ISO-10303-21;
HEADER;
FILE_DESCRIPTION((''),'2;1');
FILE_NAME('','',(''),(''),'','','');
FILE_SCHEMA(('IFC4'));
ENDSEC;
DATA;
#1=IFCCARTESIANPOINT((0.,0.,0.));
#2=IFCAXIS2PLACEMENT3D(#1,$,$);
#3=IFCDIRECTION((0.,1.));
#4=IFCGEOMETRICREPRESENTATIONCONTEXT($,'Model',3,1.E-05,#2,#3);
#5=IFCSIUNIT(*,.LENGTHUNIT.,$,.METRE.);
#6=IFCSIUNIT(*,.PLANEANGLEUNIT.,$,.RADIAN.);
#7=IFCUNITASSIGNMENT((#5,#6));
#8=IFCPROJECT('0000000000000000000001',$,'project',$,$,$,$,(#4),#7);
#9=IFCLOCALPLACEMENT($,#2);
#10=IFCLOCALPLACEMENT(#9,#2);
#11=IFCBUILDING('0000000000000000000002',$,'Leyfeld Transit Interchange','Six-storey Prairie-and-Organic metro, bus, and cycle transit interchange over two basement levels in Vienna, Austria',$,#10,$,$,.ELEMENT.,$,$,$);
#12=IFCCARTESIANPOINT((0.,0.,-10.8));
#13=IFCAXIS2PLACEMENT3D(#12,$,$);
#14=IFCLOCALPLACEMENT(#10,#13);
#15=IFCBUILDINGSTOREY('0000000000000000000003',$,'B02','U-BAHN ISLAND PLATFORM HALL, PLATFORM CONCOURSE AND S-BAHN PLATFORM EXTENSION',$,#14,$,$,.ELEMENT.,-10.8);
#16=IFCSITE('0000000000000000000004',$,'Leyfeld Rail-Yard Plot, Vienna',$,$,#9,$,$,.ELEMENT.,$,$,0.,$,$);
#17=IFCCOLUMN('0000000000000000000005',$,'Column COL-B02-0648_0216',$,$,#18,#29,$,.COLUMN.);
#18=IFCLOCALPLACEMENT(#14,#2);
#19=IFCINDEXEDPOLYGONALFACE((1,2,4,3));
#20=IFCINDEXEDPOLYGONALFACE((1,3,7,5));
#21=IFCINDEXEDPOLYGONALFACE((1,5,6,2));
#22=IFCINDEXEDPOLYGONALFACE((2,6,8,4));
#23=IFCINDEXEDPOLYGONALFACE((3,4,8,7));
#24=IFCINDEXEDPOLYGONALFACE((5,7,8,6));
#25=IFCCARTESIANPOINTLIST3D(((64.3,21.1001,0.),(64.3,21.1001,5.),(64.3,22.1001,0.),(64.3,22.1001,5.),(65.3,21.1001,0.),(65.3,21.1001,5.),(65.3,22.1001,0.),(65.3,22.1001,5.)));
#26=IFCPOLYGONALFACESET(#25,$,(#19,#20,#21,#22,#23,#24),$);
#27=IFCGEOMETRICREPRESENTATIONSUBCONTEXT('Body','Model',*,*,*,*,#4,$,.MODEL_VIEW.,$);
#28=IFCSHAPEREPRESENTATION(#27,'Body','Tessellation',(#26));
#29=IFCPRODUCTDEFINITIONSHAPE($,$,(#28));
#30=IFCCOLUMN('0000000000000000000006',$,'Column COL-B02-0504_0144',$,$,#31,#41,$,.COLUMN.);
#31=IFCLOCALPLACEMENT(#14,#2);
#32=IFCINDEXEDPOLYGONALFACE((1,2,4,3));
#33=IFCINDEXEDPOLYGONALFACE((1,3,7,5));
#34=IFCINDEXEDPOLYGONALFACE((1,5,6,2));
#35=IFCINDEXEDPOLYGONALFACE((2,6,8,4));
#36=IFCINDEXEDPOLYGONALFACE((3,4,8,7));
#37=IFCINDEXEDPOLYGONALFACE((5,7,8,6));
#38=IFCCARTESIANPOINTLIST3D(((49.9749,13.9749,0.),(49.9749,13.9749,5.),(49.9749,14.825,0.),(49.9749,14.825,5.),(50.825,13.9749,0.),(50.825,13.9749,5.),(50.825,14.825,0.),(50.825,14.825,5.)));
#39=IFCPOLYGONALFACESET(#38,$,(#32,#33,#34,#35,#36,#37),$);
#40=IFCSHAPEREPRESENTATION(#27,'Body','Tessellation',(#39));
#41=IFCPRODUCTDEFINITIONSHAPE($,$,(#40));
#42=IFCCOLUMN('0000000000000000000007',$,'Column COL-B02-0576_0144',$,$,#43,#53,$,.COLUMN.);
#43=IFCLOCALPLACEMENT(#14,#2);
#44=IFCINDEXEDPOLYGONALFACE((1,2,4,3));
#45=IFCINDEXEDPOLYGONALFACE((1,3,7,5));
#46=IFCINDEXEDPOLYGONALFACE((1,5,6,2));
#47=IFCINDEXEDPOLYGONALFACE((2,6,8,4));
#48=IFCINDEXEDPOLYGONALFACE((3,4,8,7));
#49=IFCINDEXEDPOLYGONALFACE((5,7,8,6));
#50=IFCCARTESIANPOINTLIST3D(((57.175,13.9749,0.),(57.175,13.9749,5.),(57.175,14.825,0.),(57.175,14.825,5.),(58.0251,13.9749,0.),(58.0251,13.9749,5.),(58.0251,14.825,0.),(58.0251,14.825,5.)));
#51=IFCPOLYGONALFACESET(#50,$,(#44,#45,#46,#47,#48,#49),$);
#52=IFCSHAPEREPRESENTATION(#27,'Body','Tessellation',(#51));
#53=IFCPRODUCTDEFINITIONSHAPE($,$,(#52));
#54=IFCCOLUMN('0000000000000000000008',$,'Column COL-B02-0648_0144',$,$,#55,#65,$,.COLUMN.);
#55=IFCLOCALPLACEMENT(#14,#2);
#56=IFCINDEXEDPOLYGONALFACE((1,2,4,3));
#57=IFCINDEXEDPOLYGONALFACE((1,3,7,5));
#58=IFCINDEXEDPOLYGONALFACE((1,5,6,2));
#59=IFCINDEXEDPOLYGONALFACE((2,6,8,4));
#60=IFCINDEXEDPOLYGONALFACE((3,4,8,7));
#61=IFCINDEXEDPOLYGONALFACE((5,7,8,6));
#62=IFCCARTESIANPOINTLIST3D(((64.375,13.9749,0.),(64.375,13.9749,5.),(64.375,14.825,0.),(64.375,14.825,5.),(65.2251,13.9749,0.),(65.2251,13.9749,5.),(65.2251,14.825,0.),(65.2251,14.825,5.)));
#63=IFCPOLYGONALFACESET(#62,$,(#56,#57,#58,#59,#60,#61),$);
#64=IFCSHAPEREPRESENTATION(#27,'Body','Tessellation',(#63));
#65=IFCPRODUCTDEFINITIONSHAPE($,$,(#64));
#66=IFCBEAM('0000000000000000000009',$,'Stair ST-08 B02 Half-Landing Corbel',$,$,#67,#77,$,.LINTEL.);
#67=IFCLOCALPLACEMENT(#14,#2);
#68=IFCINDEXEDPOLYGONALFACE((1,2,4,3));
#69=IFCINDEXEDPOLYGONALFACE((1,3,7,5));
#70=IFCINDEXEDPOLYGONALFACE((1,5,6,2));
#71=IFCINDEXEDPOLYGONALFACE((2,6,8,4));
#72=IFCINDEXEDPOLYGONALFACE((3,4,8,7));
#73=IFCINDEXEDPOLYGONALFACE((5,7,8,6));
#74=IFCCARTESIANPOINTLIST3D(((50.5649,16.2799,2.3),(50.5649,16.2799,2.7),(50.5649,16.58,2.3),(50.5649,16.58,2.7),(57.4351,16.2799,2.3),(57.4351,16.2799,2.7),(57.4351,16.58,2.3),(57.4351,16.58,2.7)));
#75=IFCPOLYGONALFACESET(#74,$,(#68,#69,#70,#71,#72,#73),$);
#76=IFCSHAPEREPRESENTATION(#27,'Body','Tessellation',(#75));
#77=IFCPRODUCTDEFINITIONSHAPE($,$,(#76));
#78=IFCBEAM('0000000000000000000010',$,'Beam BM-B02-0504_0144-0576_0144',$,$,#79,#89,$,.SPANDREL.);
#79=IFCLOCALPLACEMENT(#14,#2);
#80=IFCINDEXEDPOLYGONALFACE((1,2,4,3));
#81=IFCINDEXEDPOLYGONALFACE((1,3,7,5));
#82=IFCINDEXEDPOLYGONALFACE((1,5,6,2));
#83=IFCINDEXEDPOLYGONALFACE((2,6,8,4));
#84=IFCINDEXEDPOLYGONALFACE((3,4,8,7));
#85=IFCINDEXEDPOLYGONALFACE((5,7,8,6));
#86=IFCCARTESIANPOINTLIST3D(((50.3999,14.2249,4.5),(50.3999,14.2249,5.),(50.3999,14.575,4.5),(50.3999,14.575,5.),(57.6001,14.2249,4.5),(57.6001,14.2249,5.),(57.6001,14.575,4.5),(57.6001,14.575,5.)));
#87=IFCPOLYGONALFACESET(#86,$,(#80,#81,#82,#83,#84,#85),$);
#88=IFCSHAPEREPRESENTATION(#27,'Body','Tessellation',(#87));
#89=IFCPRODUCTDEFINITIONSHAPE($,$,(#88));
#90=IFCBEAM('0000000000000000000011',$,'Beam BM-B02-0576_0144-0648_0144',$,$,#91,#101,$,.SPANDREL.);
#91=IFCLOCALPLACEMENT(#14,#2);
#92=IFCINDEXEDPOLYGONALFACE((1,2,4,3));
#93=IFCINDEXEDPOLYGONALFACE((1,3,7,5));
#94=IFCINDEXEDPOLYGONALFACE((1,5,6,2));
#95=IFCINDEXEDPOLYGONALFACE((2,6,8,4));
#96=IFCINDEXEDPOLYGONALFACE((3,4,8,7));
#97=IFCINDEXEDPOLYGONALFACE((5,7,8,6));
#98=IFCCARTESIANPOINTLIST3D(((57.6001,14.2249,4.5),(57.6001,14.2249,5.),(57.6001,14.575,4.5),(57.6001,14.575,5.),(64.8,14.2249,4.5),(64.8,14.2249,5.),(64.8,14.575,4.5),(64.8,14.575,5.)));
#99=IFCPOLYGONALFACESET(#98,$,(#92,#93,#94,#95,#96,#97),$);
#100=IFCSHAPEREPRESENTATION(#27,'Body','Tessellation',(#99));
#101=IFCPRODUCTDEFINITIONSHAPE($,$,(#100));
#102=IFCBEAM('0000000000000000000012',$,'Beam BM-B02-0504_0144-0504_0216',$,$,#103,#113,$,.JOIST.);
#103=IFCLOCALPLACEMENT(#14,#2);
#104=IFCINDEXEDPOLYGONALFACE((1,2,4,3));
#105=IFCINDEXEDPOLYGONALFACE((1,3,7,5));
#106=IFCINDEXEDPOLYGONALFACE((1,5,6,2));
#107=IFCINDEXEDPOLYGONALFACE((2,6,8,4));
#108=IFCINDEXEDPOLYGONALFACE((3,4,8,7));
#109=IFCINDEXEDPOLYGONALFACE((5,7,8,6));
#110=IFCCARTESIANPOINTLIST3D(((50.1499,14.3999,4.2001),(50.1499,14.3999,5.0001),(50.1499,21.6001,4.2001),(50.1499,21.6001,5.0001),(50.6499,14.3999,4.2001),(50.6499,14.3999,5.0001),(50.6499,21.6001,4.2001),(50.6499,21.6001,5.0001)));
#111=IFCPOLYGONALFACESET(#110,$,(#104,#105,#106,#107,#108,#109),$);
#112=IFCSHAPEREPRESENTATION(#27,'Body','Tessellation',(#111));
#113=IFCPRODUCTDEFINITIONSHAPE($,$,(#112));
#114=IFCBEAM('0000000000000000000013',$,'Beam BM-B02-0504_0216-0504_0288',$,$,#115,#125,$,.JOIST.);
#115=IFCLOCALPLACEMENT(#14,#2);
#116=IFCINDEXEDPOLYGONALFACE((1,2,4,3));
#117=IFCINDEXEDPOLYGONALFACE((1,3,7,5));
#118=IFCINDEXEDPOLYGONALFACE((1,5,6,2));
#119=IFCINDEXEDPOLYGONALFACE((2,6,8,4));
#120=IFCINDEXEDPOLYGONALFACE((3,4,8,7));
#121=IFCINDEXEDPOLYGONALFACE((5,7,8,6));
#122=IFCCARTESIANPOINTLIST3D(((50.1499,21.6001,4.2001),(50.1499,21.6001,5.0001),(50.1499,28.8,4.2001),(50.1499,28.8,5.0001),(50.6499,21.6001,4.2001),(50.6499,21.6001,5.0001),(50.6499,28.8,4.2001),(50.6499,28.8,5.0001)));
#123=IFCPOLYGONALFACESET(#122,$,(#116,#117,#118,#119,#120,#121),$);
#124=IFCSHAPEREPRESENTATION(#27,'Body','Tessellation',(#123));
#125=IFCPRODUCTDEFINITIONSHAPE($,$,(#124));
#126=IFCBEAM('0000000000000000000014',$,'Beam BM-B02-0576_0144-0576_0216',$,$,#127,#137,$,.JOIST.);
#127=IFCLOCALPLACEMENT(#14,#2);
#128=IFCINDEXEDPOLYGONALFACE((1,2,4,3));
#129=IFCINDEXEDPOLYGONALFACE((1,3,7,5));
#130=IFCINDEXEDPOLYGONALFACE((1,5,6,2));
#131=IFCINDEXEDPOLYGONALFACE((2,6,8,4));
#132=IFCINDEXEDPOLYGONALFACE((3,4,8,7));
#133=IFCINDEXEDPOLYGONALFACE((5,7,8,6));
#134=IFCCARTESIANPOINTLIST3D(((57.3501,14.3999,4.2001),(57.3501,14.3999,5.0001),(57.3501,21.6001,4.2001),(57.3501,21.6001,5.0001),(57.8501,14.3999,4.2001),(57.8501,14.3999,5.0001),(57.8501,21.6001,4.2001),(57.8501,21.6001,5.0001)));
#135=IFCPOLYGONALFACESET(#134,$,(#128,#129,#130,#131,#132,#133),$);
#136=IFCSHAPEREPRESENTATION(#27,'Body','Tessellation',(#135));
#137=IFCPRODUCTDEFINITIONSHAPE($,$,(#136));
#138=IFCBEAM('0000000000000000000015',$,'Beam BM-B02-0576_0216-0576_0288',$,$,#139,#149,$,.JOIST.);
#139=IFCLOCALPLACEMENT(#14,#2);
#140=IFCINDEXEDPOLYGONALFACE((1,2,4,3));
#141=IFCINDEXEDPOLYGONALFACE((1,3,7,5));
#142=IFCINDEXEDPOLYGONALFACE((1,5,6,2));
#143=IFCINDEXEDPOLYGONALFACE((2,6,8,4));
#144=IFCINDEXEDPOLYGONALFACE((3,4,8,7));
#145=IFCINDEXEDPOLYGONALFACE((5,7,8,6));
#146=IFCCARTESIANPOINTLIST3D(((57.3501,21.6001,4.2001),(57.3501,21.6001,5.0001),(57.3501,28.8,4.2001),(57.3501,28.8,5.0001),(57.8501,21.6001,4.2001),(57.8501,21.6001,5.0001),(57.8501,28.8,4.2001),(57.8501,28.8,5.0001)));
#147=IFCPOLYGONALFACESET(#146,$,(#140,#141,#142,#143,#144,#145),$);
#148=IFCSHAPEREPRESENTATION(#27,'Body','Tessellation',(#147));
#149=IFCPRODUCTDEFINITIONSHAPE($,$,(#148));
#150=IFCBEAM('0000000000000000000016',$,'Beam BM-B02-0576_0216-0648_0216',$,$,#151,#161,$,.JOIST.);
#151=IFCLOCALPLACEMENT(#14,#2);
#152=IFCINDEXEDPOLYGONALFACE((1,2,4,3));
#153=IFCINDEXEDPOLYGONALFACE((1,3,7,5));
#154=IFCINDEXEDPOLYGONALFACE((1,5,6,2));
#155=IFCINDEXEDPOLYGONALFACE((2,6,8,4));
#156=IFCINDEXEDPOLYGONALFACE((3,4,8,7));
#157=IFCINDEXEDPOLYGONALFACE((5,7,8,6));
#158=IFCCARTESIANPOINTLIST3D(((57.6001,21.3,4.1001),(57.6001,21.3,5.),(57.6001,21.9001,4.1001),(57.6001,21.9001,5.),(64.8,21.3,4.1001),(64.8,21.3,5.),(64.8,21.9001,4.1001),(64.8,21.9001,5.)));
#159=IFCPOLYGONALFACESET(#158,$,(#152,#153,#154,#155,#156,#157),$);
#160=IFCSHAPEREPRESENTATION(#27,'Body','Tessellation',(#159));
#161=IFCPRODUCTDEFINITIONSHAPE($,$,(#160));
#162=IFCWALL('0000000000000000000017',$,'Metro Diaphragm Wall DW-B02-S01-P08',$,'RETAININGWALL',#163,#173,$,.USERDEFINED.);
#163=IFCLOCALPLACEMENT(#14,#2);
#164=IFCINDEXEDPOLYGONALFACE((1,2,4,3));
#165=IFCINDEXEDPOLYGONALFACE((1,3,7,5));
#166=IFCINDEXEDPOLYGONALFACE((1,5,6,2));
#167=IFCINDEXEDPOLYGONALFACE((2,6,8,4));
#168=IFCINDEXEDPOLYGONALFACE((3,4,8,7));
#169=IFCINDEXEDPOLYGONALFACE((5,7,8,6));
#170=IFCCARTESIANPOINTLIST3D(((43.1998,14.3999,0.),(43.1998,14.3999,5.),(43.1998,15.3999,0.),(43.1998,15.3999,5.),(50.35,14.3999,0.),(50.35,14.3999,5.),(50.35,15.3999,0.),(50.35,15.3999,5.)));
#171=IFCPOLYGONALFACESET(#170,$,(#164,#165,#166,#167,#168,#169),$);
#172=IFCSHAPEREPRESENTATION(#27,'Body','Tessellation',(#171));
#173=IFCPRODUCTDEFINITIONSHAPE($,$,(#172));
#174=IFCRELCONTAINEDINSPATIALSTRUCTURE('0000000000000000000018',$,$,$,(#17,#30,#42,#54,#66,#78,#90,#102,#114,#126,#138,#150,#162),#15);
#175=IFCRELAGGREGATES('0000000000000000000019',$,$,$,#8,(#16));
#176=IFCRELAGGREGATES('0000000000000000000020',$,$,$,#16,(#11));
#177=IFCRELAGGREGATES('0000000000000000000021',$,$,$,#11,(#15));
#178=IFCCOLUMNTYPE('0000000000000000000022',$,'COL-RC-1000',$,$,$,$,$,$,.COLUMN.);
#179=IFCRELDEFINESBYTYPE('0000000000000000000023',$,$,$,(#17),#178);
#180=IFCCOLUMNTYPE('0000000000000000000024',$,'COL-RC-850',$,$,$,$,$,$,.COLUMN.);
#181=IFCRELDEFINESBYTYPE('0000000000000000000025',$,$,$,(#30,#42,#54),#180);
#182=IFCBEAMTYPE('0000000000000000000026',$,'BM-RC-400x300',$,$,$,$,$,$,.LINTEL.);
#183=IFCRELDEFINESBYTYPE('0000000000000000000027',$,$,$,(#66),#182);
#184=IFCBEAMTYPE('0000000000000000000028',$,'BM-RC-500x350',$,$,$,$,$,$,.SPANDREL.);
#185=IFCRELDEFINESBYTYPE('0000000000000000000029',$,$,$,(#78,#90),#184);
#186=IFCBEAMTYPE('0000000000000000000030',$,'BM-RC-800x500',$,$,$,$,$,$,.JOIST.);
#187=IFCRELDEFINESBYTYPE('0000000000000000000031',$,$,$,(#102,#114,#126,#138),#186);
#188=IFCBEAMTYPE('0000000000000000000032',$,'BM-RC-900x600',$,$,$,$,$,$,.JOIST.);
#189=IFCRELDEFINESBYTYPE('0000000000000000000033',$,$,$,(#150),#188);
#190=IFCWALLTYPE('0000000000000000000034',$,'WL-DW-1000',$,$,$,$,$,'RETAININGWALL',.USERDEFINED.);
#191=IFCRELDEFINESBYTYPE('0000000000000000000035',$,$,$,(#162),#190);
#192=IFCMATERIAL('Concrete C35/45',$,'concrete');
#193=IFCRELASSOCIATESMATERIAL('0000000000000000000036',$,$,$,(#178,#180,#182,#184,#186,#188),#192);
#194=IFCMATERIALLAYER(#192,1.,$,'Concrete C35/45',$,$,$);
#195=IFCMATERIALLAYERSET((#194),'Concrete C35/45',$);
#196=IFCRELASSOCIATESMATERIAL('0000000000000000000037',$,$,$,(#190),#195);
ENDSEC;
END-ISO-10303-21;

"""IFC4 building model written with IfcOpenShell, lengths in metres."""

from ifc_helpers import new_model, si_unit, direction, frame, frame_2d, origin, origin_2d, place, context, subcontext, project, spatial, rectangle, extrude, material, layer, layer_set, material_profile, profile_set, type_object, element, save


model = new_model("IFC4")

# Units and contexts
model_context = context("Model", 3, precision=1e-05, world=origin(), true_north=direction((0.0, 1.0)))
body_context = subcontext(model_context, "Body", "Model", "MODEL_VIEW")
ifc_project = project(units=[si_unit("LENGTHUNIT", "METRE"), si_unit("PLANEANGLEUNIT", "RADIAN")], contexts=[model_context])

# Site, building, storey
site_placement = place(None, origin())
site = spatial("IfcSite", under=ifc_project, at=site_placement, Name="Leyfeld Rail-Yard Plot, Vienna", CompositionType="ELEMENT", RefElevation=0.0)
building_placement = place(site_placement, origin())
building = spatial("IfcBuilding", under=site, at=building_placement, Name="Leyfeld Transit Interchange", Description="Six-storey Prairie-and-Organic metro, bus, and cycle transit interchange over two basement levels in Vienna, Austria", CompositionType="ELEMENT")
storey_placement = place(building_placement, frame((0.0, 0.0, -10.8)))
storey = spatial("IfcBuildingStorey", under=building, at=storey_placement, Name="B02", Description="U-BAHN ISLAND PLATFORM HALL, PLATFORM CONCOURSE AND S-BAHN PLATFORM EXTENSION", CompositionType="ELEMENT", Elevation=-10.8)

# Shared definitions
ifc_material_1 = material(Name="Concrete C35/45", Category="concrete")

# Columns
ifc_material_profile_1 = material_profile(ifc_material_1, rectangle(XDim=1.0, YDim=1.0, at=origin_2d()), Name="RC 1000x1000")
ifc_profile_set_1 = profile_set([ifc_material_profile_1], Name="Concrete C35/45")
column_type_1 = type_object("IfcColumnType", Name="COL-RC-1000", PredefinedType="COLUMN", material=ifc_profile_set_1)
column_placement = place(storey_placement, frame((64.8, 21.6001, 0.0), z_axis=(0.0, 0.0, 1.0), x_axis=(1.0, 0.0, 0.0)))
element("IfcColumn", 1, at=column_placement, inside=storey, type_object=column_type_1, Name="Column COL-B02-0648_0216", PredefinedType="COLUMN", context=body_context, shape_type="SweptSolid", body=[
    extrude(rectangle(XDim=1.0, YDim=1.0, at=origin_2d()), origin(), (0.0, 0.0, 1.0), 5.0),
])
ifc_material_profile_2 = material_profile(ifc_material_1, rectangle(XDim=0.8501, YDim=0.8501, at=origin_2d()), Name="RC 850x850")
ifc_profile_set_2 = profile_set([ifc_material_profile_2], Name="Concrete C35/45")
column_type_2 = type_object("IfcColumnType", Name="COL-RC-850", PredefinedType="COLUMN", material=ifc_profile_set_2)
for number, where, z_axis, x_axis, name in (
    (2, (50.3999, 14.3999, 0.0), (0.0, 0.0, 1.0), (1.0, 0.0, 0.0), "Column COL-B02-0504_0144"),
    (3, (57.6001, 14.3999, 0.0), (0.0, 0.0, 1.0), (1.0, 0.0, 0.0), "Column COL-B02-0576_0144"),
    (4, (64.8, 14.3999, 0.0), (0.0, 0.0, 1.0), (1.0, 0.0, 0.0), "Column COL-B02-0648_0144"),
):
    element("IfcColumn", number, at=place(storey_placement, frame(where, z_axis=z_axis, x_axis=x_axis)), inside=storey, type_object=column_type_2, Name=name, PredefinedType="COLUMN", context=body_context, shape_type="SweptSolid", body=[
        extrude(rectangle(XDim=0.8501, YDim=0.8501, at=origin_2d()), origin(), (0.0, 0.0, 1.0), 5.0),
    ])

# Beams
ifc_material_profile_3 = material_profile(ifc_material_1, rectangle(XDim=0.3, YDim=0.3999, at=origin_2d()), Name="RC 400x300")
ifc_profile_set_3 = profile_set([ifc_material_profile_3], Name="Concrete C35/45")
beam_type_1 = type_object("IfcBeamType", Name="BM-RC-400x300", PredefinedType="LINTEL", material=ifc_profile_set_3)
beam_1_placement = place(storey_placement, frame((50.5649, 16.4299, 2.5), z_axis=(1.0, 0.0, 0.0), x_axis=(0.0, 1.0, 0.0)))
element("IfcBeam", 5, at=beam_1_placement, inside=storey, type_object=beam_type_1, Name="Stair ST-08 B02 Half-Landing Corbel", PredefinedType="LINTEL", context=body_context, shape_type="SweptSolid", body=[
    extrude(rectangle(XDim=0.3, YDim=0.3999, at=origin_2d()), origin(), (0.0, 0.0, 1.0), 6.8701),
])
ifc_material_profile_4 = material_profile(ifc_material_1, rectangle(XDim=0.3501, YDim=0.5, at=origin_2d()), Name="RC 500x350")
ifc_profile_set_4 = profile_set([ifc_material_profile_4], Name="Concrete C35/45")
beam_type_2 = type_object("IfcBeamType", Name="BM-RC-500x350", PredefinedType="SPANDREL", material=ifc_profile_set_4)
beam_2_placement = place(storey_placement, frame((50.3999, 14.3999, 4.75), z_axis=(1.0, 0.0, 0.0), x_axis=(0.0, 1.0, 0.0)))
element("IfcBeam", 6, at=beam_2_placement, inside=storey, type_object=beam_type_2, Name="Beam BM-B02-0504_0144-0576_0144", PredefinedType="SPANDREL", context=body_context, shape_type="SweptSolid", body=[
    extrude(rectangle(XDim=0.3501, YDim=0.5, at=origin_2d()), origin(), (0.0, 0.0, 1.0), 7.2002),
])
beam_3_placement = place(storey_placement, frame((57.6001, 14.3999, 4.75), z_axis=(1.0, 0.0, 0.0), x_axis=(0.0, 1.0, 0.0)))
element("IfcBeam", 7, at=beam_3_placement, inside=storey, type_object=beam_type_2, Name="Beam BM-B02-0576_0144-0648_0144", PredefinedType="SPANDREL", context=body_context, shape_type="SweptSolid", body=[
    extrude(rectangle(XDim=0.3501, YDim=0.5, at=origin_2d()), origin(), (0.0, 0.0, 1.0), 7.2),
])
ifc_material_profile_5 = material_profile(ifc_material_1, rectangle(XDim=0.5, YDim=0.8, at=origin_2d()), Name="RC 800x500")
ifc_profile_set_5 = profile_set([ifc_material_profile_5], Name="Concrete C35/45")
beam_type_3 = type_object("IfcBeamType", Name="BM-RC-800x500", PredefinedType="JOIST", material=ifc_profile_set_5)
beam_4_placement = place(storey_placement, frame((50.3999, 14.3999, 4.6001), z_axis=(0.0, 1.0, 0.0), x_axis=(-1.0, 0.0, 0.0)))
element("IfcBeam", 8, at=beam_4_placement, inside=storey, type_object=beam_type_3, Name="Beam BM-B02-0504_0144-0504_0216", PredefinedType="JOIST", context=body_context, shape_type="SweptSolid", body=[
    extrude(rectangle(XDim=0.5, YDim=0.8, at=origin_2d()), origin(), (0.0, 0.0, 1.0), 7.2002),
])
beam_5_placement = place(storey_placement, frame((50.3999, 21.6001, 4.6001), z_axis=(0.0, 1.0, 0.0), x_axis=(-1.0, 0.0, 0.0)))
element("IfcBeam", 9, at=beam_5_placement, inside=storey, type_object=beam_type_3, Name="Beam BM-B02-0504_0216-0504_0288", PredefinedType="JOIST", context=body_context, shape_type="SweptSolid", body=[
    extrude(rectangle(XDim=0.5, YDim=0.8, at=origin_2d()), origin(), (0.0, 0.0, 1.0), 7.2),
])
beam_6_placement = place(storey_placement, frame((57.6001, 14.3999, 4.6001), z_axis=(0.0, 1.0, 0.0), x_axis=(-1.0, 0.0, 0.0)))
element("IfcBeam", 10, at=beam_6_placement, inside=storey, type_object=beam_type_3, Name="Beam BM-B02-0576_0144-0576_0216", PredefinedType="JOIST", context=body_context, shape_type="SweptSolid", body=[
    extrude(rectangle(XDim=0.5, YDim=0.8, at=origin_2d()), origin(), (0.0, 0.0, 1.0), 7.2002),
])
beam_7_placement = place(storey_placement, frame((57.6001, 21.6001, 4.6001), z_axis=(0.0, 1.0, 0.0), x_axis=(-1.0, 0.0, 0.0)))
element("IfcBeam", 11, at=beam_7_placement, inside=storey, type_object=beam_type_3, Name="Beam BM-B02-0576_0216-0576_0288", PredefinedType="JOIST", context=body_context, shape_type="SweptSolid", body=[
    extrude(rectangle(XDim=0.5, YDim=0.8, at=origin_2d()), origin(), (0.0, 0.0, 1.0), 7.2),
])
ifc_material_profile_6 = material_profile(ifc_material_1, rectangle(XDim=0.6001, YDim=0.8999, at=origin_2d()), Name="RC 900x600")
ifc_profile_set_6 = profile_set([ifc_material_profile_6], Name="Concrete C35/45")
beam_type_4 = type_object("IfcBeamType", Name="BM-RC-900x600", PredefinedType="JOIST", material=ifc_profile_set_6)
beam_8_placement = place(storey_placement, frame((57.6001, 21.6001, 4.55), z_axis=(1.0, 0.0, 0.0), x_axis=(0.0, 1.0, 0.0)))
element("IfcBeam", 12, at=beam_8_placement, inside=storey, type_object=beam_type_4, Name="Beam BM-B02-0576_0216-0648_0216", PredefinedType="JOIST", context=body_context, shape_type="SweptSolid", body=[
    extrude(rectangle(XDim=0.6001, YDim=0.8999, at=origin_2d()), origin(), (0.0, 0.0, 1.0), 7.2),
])

# Wall
ifc_layer_1 = layer(ifc_material_1, 1.0, Name="Concrete C35/45")
ifc_layer_set_1 = layer_set([ifc_layer_1], Name="Concrete C35/45")
wall_type_1 = type_object("IfcWallType", Name="WL-DW-1000", ElementType="RETAININGWALL", PredefinedType="USERDEFINED", material=ifc_layer_set_1)
wall_1_placement = place(storey_placement, frame((50.3501, 14.8999, 0.0), z_axis=(0.0, 0.0, 1.0), x_axis=(-1.0, 0.0, 0.0)))
element("IfcWall", 13, at=wall_1_placement, inside=storey, type_object=wall_type_1, Name="Metro Diaphragm Wall DW-B02-S01-P08", ObjectType="RETAININGWALL", PredefinedType="USERDEFINED", context=body_context, shape_type="SweptSolid", body=[
    extrude(rectangle(XDim=7.1501, YDim=1.0, at=frame_2d((3.5752, 0.0))), origin(), (0.0, 0.0, 1.0), 5.0),
])

save(model, "model.ifc")
